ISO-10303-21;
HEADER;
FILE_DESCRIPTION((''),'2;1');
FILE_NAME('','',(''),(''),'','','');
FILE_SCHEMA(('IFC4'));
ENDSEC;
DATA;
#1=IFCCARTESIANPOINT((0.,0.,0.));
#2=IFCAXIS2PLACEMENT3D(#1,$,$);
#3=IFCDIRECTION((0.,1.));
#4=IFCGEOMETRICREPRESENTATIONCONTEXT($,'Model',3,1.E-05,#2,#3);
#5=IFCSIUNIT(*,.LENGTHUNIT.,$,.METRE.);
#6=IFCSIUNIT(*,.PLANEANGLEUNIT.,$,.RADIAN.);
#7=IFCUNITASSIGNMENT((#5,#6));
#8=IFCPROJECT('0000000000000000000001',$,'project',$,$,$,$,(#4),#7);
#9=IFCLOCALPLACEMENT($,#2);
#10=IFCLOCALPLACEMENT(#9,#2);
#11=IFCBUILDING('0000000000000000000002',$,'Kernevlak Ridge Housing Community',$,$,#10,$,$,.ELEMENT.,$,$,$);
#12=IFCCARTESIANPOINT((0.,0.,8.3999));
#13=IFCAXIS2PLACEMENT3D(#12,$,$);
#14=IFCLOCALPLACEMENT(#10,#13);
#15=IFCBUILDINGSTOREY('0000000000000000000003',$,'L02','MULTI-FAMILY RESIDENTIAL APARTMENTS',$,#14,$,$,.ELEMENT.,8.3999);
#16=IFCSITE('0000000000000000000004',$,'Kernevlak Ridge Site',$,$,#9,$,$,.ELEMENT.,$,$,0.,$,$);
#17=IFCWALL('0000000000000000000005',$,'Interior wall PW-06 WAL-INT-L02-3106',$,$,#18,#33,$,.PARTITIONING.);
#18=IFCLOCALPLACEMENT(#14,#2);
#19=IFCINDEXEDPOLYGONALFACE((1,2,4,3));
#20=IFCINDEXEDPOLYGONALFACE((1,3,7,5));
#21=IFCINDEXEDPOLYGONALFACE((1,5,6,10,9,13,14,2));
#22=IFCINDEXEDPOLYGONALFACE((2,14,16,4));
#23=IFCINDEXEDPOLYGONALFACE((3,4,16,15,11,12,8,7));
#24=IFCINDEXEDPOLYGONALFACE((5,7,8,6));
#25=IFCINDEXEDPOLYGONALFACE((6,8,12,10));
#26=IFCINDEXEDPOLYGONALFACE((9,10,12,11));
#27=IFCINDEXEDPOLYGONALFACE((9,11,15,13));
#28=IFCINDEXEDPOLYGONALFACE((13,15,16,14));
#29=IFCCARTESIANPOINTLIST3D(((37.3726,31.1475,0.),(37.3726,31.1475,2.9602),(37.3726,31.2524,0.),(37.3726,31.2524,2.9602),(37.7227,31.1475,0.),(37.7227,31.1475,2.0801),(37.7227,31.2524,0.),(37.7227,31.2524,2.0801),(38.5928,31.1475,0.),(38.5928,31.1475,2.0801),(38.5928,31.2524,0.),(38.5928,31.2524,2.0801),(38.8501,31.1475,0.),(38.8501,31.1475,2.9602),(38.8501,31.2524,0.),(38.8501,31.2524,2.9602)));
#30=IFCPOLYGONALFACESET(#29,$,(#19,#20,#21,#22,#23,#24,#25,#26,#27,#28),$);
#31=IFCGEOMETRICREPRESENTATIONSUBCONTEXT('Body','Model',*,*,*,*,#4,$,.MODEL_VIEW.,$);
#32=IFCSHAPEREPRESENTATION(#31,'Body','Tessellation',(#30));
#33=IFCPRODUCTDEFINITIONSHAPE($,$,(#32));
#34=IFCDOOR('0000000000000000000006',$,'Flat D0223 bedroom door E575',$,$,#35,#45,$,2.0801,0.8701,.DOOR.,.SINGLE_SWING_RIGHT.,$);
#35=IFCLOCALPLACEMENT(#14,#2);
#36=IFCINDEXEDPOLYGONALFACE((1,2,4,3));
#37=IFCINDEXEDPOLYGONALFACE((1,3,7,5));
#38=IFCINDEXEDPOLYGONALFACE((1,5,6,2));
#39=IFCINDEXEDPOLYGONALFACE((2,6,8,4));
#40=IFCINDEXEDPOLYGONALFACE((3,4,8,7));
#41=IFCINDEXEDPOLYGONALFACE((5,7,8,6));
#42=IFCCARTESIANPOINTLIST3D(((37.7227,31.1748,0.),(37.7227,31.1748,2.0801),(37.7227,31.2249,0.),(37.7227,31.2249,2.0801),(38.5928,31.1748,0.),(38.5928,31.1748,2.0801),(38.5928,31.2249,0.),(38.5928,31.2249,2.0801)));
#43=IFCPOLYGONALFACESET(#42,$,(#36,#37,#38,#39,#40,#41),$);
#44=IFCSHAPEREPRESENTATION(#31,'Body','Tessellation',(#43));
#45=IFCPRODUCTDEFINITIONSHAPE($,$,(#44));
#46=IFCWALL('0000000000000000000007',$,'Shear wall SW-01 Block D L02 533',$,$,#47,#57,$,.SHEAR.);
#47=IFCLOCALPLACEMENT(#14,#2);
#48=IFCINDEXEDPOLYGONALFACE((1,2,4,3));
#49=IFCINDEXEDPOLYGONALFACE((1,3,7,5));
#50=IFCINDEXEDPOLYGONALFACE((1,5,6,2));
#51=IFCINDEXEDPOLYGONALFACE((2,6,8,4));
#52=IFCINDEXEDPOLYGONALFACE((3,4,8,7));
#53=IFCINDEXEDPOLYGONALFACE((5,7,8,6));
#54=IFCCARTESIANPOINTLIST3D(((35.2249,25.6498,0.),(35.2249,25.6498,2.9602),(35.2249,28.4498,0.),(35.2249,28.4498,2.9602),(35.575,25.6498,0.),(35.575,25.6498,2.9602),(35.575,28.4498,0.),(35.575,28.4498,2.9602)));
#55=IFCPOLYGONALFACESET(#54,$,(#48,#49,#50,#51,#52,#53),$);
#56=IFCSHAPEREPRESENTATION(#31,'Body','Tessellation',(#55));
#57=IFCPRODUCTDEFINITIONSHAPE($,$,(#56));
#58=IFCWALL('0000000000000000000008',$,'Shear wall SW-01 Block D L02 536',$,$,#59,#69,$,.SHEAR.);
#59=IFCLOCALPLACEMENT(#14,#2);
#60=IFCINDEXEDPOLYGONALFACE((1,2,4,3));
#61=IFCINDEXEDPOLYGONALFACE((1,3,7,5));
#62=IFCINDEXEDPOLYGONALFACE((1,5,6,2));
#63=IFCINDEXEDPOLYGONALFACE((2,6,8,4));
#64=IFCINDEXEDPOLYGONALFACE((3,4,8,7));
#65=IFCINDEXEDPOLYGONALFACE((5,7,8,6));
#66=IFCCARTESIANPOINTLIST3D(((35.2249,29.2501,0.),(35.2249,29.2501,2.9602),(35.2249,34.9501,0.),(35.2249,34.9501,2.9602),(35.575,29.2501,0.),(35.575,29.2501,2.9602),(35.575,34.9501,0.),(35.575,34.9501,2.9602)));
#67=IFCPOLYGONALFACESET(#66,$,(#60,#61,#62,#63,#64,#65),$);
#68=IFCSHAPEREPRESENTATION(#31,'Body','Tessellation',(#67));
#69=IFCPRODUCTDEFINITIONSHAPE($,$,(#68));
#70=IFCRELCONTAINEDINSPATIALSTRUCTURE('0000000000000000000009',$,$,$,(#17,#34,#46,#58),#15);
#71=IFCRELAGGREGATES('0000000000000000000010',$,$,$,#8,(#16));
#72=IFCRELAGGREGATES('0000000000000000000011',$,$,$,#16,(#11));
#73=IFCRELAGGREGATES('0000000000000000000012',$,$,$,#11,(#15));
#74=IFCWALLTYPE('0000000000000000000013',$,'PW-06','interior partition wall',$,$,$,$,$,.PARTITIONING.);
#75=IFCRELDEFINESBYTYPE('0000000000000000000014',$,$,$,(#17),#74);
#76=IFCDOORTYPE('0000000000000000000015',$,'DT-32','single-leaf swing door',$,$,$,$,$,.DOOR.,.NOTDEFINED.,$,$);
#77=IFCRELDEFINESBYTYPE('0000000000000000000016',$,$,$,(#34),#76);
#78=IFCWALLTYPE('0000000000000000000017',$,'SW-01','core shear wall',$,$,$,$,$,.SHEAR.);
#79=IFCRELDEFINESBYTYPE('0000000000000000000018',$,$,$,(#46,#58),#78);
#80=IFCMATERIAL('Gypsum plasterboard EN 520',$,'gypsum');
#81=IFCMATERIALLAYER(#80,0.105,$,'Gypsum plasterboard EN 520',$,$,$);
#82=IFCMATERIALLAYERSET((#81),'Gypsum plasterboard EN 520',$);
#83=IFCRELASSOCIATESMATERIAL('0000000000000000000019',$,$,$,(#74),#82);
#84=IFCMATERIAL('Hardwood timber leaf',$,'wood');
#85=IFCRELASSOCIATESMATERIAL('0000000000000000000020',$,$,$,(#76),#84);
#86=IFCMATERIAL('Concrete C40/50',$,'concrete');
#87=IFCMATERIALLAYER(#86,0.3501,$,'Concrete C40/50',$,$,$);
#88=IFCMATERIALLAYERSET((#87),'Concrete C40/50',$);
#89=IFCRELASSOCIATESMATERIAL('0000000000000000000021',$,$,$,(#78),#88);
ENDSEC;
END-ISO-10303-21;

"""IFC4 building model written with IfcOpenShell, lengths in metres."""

from ifc_helpers import new_model, si_unit, direction, frame, frame_2d, origin, place, context, subcontext, project, spatial, rectangle, extrude, material, layer, layer_set, type_object, element, fill, save


model = new_model("IFC4")

# Units and contexts
model_context = context("Model", 3, precision=1e-05, world=origin(), true_north=direction((0.0, 1.0)))
body_context = subcontext(model_context, "Body", "Model", "MODEL_VIEW")
ifc_project = project(units=[si_unit("LENGTHUNIT", "METRE"), si_unit("PLANEANGLEUNIT", "RADIAN")], contexts=[model_context])

# Site, building, storey
site_placement = place(None, origin())
site = spatial("IfcSite", under=ifc_project, at=site_placement, Name="Kernevlak Ridge Site", CompositionType="ELEMENT", RefElevation=0.0)
building_placement = place(site_placement, origin())
building = spatial("IfcBuilding", under=site, at=building_placement, Name="Kernevlak Ridge Housing Community", CompositionType="ELEMENT")
storey_placement = place(building_placement, frame((0.0, 0.0, 8.3999)))
storey = spatial("IfcBuildingStorey", under=building, at=storey_placement, Name="L02", Description="MULTI-FAMILY RESIDENTIAL APARTMENTS", CompositionType="ELEMENT", Elevation=8.3999)

# Shared definitions
ifc_material_1 = material(Name="Gypsum plasterboard EN 520", Category="gypsum")

# Shared definitions
ifc_material_2 = material(Name="Hardwood timber leaf", Category="wood")

# Wall, opening, door
ifc_layer_1 = layer(ifc_material_1, 0.105, Name="Gypsum plasterboard EN 520")
ifc_layer_set_1 = layer_set([ifc_layer_1], Name="Gypsum plasterboard EN 520")
wall_type_1 = type_object("IfcWallType", Name="PW-06", Description="interior partition wall", PredefinedType="PARTITIONING", material=ifc_layer_set_1)
wall_1_placement = place(storey_placement, frame((37.3726, 31.2, 0.0), z_axis=(0.0, 0.0, 1.0), x_axis=(1.0, 0.0, 0.0)))
wall_1 = element("IfcWall", 1, at=wall_1_placement, inside=storey, type_object=wall_type_1, Name="Interior wall PW-06 WAL-INT-L02-3106", PredefinedType="PARTITIONING", context=body_context, shape_type="SweptSolid", body=[
    extrude(rectangle(XDim=1.4775, YDim=0.105, at=frame_2d((0.7388, 0.0))), origin(), (0.0, 0.0, 1.0), 2.9602),
])
opening_1_placement = place(wall_1_placement, frame((0.3501, 0.0, 0.0)))
opening_1 = element("IfcOpeningElement", 2, at=opening_1_placement, cuts=wall_1, PredefinedType="OPENING", context=body_context, shape_type="SweptSolid", body=[
    extrude(rectangle(XDim=0.8701, YDim=2.0801, at=frame_2d((0.4351, 1.04))), frame((0.0, 0.0625, 0.0), z_axis=(0.0, -1.0, 0.0), x_axis=(1.0, 0.0, 0.0)), (0.0, 0.0, 1.0), 0.125),
])
door_type_1 = type_object("IfcDoorType", Name="DT-32", Description="single-leaf swing door", OperationType="NOTDEFINED", PredefinedType="DOOR", material=ifc_material_2)
door_1_placement = place(opening_1_placement, origin())
door_1 = element("IfcDoor", 3, at=door_1_placement, inside=storey, type_object=door_type_1, Name="Flat D0223 bedroom door E575", OperationType="SINGLE_SWING_RIGHT", OverallHeight=2.0801, OverallWidth=0.8701, PredefinedType="DOOR", context=body_context, shape_type="SweptSolid", body=[
    extrude(rectangle(XDim=0.8701, YDim=2.0801, at=frame_2d((0.4351, 1.04))), frame((0.0, 0.0249, 0.0), z_axis=(0.0, -1.0, 0.0), x_axis=(1.0, 0.0, 0.0)), (0.0, 0.0, 1.0), 0.05),
])
fill(opening_1, door_1)

# Walls
ifc_material_3 = material(Name="Concrete C40/50", Category="concrete")
ifc_layer_2 = layer(ifc_material_3, 0.3501, Name="Concrete C40/50")
ifc_layer_set_2 = layer_set([ifc_layer_2], Name="Concrete C40/50")
wall_type_2 = type_object("IfcWallType", Name="SW-01", Description="core shear wall", PredefinedType="SHEAR", material=ifc_layer_set_2)
wall_2_placement = place(storey_placement, frame((35.3999, 25.6499, 0.0), z_axis=(0.0, 0.0, 1.0), x_axis=(0.0, 1.0, 0.0)))
element("IfcWall", 4, at=wall_2_placement, inside=storey, type_object=wall_type_2, Name="Shear wall SW-01 Block D L02 533", PredefinedType="SHEAR", context=body_context, shape_type="SweptSolid", body=[
    extrude(rectangle(XDim=2.8, YDim=0.3501, at=frame_2d((1.3999, 0.0))), origin(), (0.0, 0.0, 1.0), 2.9602),
])
wall_3_placement = place(storey_placement, frame((35.3999, 29.25, 0.0), z_axis=(0.0, 0.0, 1.0), x_axis=(0.0, 1.0, 0.0)))
element("IfcWall", 5, at=wall_3_placement, inside=storey, type_object=wall_type_2, Name="Shear wall SW-01 Block D L02 536", PredefinedType="SHEAR", context=body_context, shape_type="SweptSolid", body=[
    extrude(rectangle(XDim=5.7, YDim=0.3501, at=frame_2d((2.8501, 0.0))), origin(), (0.0, 0.0, 1.0), 2.9602),
])

save(model, "model.ifc")
